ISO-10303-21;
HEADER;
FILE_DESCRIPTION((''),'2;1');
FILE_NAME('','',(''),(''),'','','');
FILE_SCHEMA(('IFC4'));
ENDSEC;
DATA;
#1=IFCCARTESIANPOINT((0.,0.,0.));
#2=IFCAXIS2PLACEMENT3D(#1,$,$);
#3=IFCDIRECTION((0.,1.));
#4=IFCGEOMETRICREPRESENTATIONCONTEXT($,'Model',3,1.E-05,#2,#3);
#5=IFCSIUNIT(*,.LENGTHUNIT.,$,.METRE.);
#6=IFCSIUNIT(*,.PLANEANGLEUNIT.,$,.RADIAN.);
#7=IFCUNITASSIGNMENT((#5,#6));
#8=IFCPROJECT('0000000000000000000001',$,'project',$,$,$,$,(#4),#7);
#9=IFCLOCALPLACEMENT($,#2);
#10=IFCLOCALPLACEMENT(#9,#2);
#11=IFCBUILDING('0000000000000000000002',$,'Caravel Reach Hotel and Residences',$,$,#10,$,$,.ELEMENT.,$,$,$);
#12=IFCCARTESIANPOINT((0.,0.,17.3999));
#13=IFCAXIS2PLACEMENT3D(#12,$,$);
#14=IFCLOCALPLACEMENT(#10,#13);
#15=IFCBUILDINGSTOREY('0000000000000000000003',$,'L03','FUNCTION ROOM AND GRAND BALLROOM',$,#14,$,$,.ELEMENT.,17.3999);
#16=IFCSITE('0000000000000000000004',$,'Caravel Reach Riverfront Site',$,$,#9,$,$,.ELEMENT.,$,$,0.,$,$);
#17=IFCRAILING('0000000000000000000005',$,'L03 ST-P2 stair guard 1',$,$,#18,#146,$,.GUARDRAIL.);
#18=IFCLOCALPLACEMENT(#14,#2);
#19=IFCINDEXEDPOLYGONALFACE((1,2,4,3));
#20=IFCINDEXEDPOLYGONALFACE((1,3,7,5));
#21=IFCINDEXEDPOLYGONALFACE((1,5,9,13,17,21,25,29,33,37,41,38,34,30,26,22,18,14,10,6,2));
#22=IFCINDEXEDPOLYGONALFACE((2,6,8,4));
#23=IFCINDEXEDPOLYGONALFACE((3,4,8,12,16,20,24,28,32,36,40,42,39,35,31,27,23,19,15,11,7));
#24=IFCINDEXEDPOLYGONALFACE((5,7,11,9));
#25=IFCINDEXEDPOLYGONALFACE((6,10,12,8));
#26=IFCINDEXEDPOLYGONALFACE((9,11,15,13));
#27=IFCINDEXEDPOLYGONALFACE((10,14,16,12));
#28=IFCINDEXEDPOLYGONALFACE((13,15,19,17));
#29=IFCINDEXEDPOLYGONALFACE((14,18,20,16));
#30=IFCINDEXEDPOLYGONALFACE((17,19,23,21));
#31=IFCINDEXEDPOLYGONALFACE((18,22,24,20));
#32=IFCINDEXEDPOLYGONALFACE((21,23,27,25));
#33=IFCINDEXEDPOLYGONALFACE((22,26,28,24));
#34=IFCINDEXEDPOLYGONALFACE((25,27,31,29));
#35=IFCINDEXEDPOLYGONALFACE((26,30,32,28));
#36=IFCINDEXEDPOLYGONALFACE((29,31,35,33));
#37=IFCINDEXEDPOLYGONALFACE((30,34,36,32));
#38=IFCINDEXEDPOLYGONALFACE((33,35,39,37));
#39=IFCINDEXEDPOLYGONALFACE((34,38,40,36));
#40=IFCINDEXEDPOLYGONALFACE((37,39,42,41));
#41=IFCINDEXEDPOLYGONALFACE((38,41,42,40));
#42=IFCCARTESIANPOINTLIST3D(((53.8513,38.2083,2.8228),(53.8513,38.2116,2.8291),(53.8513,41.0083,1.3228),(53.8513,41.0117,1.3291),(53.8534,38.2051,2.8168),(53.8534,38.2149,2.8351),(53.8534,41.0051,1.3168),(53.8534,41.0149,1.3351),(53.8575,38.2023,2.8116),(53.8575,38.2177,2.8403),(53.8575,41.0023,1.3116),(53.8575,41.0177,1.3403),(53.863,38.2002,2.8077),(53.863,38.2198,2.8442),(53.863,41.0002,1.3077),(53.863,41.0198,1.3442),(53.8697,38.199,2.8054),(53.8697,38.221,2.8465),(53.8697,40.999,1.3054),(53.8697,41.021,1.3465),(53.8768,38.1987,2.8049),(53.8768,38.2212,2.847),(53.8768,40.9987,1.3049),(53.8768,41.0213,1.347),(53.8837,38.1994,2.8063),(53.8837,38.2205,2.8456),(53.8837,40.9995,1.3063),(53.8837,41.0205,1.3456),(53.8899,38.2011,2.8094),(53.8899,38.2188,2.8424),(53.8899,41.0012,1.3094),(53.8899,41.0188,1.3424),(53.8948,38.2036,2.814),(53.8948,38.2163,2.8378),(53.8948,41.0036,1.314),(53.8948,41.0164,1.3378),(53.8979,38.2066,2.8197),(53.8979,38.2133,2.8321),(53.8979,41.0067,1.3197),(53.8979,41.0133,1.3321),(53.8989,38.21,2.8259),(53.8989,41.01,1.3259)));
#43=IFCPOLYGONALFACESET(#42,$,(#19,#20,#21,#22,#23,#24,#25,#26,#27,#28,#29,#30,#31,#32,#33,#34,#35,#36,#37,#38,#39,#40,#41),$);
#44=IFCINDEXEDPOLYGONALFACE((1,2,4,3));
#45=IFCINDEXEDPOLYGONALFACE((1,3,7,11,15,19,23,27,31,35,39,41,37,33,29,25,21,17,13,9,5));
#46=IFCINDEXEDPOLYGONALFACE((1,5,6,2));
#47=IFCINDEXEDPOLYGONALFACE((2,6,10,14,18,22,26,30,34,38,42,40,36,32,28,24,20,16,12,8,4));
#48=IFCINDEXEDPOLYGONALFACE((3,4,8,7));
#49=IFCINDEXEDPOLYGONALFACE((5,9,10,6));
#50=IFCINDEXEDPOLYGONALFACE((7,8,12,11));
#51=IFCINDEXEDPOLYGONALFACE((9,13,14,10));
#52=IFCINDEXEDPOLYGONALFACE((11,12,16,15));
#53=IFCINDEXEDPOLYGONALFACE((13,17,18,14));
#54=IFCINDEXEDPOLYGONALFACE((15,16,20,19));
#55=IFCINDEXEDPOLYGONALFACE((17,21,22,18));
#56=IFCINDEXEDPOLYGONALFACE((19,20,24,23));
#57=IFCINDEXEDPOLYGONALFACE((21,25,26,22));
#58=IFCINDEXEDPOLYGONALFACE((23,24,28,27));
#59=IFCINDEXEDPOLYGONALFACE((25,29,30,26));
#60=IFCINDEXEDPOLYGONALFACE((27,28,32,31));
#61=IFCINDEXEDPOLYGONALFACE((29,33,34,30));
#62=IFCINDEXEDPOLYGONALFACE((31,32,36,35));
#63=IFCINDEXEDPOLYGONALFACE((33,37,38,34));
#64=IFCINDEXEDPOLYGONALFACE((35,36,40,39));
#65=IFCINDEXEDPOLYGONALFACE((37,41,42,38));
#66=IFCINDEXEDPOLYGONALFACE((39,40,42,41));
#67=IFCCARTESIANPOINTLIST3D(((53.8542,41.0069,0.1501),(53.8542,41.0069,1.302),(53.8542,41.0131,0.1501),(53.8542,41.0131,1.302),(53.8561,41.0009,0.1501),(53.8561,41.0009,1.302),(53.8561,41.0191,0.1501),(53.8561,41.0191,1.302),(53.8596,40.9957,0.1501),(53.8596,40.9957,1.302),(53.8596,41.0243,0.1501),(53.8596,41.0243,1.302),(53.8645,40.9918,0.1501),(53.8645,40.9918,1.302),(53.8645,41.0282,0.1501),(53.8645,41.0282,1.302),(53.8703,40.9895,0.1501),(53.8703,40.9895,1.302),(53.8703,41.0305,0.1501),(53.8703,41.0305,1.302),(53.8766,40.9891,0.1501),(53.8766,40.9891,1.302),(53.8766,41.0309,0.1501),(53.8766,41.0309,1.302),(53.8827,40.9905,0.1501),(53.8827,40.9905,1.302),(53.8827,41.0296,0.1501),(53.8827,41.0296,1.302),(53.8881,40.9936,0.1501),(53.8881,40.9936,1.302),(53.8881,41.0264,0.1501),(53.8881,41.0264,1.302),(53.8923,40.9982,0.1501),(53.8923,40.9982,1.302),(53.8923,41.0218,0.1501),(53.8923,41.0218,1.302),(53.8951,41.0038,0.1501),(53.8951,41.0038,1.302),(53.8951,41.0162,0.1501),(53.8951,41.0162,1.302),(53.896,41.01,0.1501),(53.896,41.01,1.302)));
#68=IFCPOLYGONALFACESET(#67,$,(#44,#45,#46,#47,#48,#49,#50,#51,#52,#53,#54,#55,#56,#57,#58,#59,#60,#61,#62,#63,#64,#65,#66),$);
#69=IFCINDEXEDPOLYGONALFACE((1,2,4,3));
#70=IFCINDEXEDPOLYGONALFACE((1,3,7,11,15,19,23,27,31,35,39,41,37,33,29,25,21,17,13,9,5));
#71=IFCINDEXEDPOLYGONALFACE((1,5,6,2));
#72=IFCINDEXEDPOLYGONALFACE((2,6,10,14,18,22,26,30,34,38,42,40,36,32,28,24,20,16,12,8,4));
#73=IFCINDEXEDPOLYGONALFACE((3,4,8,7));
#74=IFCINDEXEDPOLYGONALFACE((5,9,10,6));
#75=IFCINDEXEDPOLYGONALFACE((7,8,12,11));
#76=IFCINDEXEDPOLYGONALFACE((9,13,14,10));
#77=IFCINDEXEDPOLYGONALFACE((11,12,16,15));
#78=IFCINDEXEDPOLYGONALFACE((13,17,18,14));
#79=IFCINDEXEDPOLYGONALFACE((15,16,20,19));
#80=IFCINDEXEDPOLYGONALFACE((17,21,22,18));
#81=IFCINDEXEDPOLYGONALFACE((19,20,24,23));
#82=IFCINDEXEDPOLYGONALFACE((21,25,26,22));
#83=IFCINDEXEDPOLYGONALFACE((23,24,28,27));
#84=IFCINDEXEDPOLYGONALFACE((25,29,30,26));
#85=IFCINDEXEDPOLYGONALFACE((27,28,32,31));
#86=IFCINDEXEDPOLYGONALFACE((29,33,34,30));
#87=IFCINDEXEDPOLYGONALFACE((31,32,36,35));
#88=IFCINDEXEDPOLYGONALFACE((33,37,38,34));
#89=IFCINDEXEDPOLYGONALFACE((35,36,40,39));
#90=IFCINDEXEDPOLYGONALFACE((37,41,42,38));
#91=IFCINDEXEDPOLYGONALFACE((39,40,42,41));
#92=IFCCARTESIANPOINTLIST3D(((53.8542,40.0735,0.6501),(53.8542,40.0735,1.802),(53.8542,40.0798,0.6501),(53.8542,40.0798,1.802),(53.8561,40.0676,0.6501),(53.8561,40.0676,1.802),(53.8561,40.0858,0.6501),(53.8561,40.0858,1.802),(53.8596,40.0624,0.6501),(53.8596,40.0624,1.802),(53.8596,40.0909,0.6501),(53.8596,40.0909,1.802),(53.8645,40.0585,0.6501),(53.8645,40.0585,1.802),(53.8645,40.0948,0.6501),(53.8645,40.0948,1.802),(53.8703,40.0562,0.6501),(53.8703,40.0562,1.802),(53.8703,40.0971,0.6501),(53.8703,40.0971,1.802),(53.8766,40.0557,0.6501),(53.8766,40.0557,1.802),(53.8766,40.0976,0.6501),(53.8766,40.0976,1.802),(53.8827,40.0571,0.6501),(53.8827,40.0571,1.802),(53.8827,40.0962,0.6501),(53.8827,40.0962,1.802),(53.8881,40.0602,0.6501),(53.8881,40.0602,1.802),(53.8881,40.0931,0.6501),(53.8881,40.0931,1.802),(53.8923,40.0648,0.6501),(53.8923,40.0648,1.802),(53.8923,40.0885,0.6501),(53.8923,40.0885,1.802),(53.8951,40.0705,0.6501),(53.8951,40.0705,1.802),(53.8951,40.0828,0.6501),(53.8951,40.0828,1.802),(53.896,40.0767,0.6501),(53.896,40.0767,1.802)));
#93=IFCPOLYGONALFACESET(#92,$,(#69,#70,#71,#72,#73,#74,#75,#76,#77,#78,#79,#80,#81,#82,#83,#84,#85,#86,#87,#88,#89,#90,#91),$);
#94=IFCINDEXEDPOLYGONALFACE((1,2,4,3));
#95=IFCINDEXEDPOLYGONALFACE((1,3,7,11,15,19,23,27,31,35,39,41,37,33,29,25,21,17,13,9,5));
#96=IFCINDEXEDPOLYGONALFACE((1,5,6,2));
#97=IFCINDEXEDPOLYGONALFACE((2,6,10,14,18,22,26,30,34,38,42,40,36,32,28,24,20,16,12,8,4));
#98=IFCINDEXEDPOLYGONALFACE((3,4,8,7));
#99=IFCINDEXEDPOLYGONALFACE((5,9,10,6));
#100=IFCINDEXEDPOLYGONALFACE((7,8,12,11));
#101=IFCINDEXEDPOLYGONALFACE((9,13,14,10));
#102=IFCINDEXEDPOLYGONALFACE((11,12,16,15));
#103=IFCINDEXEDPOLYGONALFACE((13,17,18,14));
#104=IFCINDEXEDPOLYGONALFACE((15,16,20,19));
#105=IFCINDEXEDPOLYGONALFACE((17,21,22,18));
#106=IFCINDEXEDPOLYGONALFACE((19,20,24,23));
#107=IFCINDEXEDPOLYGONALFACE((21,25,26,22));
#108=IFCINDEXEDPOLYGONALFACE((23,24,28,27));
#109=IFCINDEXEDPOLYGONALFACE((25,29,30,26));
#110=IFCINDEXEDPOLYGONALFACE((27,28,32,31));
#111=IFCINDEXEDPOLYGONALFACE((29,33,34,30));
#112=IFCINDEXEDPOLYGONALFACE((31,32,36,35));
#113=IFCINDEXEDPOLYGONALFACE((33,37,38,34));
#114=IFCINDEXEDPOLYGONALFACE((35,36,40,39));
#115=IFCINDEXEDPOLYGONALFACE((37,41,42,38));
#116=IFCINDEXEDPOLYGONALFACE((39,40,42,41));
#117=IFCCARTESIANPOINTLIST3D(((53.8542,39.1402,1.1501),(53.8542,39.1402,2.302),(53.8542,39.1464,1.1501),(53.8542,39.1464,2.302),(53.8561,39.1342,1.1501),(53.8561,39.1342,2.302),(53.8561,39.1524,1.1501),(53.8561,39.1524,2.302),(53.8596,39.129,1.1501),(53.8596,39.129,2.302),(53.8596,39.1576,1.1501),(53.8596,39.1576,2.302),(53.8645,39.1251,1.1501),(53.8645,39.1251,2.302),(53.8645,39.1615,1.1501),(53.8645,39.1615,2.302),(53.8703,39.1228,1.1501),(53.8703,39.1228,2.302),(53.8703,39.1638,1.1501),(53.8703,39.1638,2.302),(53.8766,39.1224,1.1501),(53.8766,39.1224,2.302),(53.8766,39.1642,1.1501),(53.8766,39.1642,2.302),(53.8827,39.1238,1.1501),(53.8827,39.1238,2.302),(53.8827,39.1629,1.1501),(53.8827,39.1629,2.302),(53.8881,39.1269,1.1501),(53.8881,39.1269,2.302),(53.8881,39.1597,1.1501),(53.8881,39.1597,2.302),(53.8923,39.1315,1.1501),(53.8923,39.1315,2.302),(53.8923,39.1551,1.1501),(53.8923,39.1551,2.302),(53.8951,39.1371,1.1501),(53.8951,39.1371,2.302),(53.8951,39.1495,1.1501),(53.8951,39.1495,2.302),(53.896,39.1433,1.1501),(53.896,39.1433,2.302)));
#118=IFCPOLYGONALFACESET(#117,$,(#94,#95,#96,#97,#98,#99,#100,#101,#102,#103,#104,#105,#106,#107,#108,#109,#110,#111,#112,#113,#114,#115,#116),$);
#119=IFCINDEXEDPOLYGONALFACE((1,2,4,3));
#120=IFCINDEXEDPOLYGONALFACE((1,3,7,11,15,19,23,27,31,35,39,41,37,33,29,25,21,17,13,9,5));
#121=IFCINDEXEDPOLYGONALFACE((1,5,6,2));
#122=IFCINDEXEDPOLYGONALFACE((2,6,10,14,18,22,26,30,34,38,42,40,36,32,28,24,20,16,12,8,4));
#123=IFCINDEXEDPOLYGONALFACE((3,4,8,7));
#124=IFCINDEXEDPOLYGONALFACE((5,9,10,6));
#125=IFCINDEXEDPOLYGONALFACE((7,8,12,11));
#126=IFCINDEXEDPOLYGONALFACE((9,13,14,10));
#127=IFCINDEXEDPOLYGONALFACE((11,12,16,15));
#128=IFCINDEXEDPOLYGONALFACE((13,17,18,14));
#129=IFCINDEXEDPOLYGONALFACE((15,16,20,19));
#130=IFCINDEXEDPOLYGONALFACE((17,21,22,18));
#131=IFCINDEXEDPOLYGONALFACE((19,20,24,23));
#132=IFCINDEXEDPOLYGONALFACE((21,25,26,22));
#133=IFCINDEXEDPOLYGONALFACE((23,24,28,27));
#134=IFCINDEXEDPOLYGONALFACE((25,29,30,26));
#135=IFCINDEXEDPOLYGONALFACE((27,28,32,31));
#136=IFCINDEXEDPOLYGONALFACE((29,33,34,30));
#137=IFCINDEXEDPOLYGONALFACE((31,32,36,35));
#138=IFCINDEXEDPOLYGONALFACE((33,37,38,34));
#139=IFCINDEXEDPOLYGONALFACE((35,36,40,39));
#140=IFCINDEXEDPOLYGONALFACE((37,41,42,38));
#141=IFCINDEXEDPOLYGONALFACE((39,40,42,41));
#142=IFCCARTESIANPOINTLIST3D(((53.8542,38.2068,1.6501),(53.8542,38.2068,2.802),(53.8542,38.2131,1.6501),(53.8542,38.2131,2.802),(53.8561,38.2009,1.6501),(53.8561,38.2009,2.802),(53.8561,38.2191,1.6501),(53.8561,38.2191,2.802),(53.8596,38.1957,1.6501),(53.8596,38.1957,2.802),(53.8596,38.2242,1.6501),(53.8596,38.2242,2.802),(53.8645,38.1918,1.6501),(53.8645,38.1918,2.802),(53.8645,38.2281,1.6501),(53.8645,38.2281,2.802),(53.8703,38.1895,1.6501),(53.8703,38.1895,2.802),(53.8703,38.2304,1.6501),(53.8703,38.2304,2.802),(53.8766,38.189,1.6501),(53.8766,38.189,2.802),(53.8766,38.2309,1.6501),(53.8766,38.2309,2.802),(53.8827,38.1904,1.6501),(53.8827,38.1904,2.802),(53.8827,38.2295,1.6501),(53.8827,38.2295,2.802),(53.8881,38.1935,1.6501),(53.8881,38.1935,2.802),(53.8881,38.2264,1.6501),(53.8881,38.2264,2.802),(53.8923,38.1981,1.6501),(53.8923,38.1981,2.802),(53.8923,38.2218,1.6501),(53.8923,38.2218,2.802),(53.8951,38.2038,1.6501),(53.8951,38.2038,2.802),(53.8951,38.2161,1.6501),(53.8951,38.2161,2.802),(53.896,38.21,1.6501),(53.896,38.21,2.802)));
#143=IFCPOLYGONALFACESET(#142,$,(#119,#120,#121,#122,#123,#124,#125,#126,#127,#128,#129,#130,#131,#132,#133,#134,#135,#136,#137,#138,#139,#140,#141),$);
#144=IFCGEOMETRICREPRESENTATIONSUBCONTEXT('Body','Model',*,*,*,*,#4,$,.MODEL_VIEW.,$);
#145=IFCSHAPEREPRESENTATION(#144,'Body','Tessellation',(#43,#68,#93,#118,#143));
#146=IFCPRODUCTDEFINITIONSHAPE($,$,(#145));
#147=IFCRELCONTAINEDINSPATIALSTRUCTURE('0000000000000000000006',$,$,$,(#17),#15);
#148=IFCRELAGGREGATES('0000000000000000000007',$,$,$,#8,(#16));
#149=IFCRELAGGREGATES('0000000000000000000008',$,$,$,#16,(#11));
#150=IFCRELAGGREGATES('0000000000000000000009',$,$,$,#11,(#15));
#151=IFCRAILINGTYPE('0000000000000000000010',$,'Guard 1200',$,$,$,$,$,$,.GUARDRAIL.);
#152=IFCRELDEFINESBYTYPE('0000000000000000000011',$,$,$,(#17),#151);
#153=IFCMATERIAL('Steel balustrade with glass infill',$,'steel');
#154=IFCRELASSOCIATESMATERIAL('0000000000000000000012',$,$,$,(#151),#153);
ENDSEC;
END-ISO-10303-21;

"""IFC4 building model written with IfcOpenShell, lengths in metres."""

from ifc_helpers import new_model, si_unit, direction, frame, origin, origin_2d, place, context, subcontext, project, spatial, circle, extrude, material, type_object, element, save


model = new_model("IFC4")

# Units and contexts
model_context = context("Model", 3, precision=1e-05, world=origin(), true_north=direction((0.0, 1.0)))
body_context = subcontext(model_context, "Body", "Model", "MODEL_VIEW")
ifc_project = project(units=[si_unit("LENGTHUNIT", "METRE"), si_unit("PLANEANGLEUNIT", "RADIAN")], contexts=[model_context])

# Site, building, storey
site_placement = place(None, origin())
site = spatial("IfcSite", under=ifc_project, at=site_placement, Name="Caravel Reach Riverfront Site", CompositionType="ELEMENT", RefElevation=0.0)
building_placement = place(site_placement, origin())
building = spatial("IfcBuilding", under=site, at=building_placement, Name="Caravel Reach Hotel and Residences", CompositionType="ELEMENT")
storey_placement = place(building_placement, frame((0.0, 0.0, 17.3999)))
storey = spatial("IfcBuildingStorey", under=building, at=storey_placement, Name="L03", Description="FUNCTION ROOM AND GRAND BALLROOM", CompositionType="ELEMENT", Elevation=17.3999)

# Railing
ifc_material_1 = material(Name="Steel balustrade with glass infill", Category="steel")
railing_type_1 = type_object("IfcRailingType", Name="Guard 1200", PredefinedType="GUARDRAIL", material=ifc_material_1)
for number, where, name in (
    (1, (53.875, 41.01, 0.1501), "L03 ST-P2 stair guard 1"),
):
    element("IfcRailing", number, at=place(storey_placement, frame(where)), inside=storey, type_object=railing_type_1, Name=name, PredefinedType="GUARDRAIL", context=body_context, shape_type="SweptSolid", body=[
        extrude(circle(Radius=0.0239, at=origin_2d()), frame((0.0, 0.0, 1.1758), z_axis=(0.0, -0.881483, 0.472215), x_axis=(1.0, 0.0, 0.0)), (0.0, 0.0, 1.0), 3.1765),
        extrude(circle(Radius=0.021, at=origin_2d()), origin(), (0.0, 0.0, 1.0), 1.1519),
        extrude(circle(Radius=0.021, at=origin_2d()), frame((0.0, -0.9333, 0.5)), (0.0, 0.0, 1.0), 1.1519),
        extrude(circle(Radius=0.021, at=origin_2d()), frame((0.0, -1.8667, 1.0)), (0.0, 0.0, 1.0), 1.1519),
        extrude(circle(Radius=0.021, at=origin_2d()), frame((0.0, -2.8, 1.5)), (0.0, 0.0, 1.0), 1.1519),
    ])

save(model, "model.ifc")
